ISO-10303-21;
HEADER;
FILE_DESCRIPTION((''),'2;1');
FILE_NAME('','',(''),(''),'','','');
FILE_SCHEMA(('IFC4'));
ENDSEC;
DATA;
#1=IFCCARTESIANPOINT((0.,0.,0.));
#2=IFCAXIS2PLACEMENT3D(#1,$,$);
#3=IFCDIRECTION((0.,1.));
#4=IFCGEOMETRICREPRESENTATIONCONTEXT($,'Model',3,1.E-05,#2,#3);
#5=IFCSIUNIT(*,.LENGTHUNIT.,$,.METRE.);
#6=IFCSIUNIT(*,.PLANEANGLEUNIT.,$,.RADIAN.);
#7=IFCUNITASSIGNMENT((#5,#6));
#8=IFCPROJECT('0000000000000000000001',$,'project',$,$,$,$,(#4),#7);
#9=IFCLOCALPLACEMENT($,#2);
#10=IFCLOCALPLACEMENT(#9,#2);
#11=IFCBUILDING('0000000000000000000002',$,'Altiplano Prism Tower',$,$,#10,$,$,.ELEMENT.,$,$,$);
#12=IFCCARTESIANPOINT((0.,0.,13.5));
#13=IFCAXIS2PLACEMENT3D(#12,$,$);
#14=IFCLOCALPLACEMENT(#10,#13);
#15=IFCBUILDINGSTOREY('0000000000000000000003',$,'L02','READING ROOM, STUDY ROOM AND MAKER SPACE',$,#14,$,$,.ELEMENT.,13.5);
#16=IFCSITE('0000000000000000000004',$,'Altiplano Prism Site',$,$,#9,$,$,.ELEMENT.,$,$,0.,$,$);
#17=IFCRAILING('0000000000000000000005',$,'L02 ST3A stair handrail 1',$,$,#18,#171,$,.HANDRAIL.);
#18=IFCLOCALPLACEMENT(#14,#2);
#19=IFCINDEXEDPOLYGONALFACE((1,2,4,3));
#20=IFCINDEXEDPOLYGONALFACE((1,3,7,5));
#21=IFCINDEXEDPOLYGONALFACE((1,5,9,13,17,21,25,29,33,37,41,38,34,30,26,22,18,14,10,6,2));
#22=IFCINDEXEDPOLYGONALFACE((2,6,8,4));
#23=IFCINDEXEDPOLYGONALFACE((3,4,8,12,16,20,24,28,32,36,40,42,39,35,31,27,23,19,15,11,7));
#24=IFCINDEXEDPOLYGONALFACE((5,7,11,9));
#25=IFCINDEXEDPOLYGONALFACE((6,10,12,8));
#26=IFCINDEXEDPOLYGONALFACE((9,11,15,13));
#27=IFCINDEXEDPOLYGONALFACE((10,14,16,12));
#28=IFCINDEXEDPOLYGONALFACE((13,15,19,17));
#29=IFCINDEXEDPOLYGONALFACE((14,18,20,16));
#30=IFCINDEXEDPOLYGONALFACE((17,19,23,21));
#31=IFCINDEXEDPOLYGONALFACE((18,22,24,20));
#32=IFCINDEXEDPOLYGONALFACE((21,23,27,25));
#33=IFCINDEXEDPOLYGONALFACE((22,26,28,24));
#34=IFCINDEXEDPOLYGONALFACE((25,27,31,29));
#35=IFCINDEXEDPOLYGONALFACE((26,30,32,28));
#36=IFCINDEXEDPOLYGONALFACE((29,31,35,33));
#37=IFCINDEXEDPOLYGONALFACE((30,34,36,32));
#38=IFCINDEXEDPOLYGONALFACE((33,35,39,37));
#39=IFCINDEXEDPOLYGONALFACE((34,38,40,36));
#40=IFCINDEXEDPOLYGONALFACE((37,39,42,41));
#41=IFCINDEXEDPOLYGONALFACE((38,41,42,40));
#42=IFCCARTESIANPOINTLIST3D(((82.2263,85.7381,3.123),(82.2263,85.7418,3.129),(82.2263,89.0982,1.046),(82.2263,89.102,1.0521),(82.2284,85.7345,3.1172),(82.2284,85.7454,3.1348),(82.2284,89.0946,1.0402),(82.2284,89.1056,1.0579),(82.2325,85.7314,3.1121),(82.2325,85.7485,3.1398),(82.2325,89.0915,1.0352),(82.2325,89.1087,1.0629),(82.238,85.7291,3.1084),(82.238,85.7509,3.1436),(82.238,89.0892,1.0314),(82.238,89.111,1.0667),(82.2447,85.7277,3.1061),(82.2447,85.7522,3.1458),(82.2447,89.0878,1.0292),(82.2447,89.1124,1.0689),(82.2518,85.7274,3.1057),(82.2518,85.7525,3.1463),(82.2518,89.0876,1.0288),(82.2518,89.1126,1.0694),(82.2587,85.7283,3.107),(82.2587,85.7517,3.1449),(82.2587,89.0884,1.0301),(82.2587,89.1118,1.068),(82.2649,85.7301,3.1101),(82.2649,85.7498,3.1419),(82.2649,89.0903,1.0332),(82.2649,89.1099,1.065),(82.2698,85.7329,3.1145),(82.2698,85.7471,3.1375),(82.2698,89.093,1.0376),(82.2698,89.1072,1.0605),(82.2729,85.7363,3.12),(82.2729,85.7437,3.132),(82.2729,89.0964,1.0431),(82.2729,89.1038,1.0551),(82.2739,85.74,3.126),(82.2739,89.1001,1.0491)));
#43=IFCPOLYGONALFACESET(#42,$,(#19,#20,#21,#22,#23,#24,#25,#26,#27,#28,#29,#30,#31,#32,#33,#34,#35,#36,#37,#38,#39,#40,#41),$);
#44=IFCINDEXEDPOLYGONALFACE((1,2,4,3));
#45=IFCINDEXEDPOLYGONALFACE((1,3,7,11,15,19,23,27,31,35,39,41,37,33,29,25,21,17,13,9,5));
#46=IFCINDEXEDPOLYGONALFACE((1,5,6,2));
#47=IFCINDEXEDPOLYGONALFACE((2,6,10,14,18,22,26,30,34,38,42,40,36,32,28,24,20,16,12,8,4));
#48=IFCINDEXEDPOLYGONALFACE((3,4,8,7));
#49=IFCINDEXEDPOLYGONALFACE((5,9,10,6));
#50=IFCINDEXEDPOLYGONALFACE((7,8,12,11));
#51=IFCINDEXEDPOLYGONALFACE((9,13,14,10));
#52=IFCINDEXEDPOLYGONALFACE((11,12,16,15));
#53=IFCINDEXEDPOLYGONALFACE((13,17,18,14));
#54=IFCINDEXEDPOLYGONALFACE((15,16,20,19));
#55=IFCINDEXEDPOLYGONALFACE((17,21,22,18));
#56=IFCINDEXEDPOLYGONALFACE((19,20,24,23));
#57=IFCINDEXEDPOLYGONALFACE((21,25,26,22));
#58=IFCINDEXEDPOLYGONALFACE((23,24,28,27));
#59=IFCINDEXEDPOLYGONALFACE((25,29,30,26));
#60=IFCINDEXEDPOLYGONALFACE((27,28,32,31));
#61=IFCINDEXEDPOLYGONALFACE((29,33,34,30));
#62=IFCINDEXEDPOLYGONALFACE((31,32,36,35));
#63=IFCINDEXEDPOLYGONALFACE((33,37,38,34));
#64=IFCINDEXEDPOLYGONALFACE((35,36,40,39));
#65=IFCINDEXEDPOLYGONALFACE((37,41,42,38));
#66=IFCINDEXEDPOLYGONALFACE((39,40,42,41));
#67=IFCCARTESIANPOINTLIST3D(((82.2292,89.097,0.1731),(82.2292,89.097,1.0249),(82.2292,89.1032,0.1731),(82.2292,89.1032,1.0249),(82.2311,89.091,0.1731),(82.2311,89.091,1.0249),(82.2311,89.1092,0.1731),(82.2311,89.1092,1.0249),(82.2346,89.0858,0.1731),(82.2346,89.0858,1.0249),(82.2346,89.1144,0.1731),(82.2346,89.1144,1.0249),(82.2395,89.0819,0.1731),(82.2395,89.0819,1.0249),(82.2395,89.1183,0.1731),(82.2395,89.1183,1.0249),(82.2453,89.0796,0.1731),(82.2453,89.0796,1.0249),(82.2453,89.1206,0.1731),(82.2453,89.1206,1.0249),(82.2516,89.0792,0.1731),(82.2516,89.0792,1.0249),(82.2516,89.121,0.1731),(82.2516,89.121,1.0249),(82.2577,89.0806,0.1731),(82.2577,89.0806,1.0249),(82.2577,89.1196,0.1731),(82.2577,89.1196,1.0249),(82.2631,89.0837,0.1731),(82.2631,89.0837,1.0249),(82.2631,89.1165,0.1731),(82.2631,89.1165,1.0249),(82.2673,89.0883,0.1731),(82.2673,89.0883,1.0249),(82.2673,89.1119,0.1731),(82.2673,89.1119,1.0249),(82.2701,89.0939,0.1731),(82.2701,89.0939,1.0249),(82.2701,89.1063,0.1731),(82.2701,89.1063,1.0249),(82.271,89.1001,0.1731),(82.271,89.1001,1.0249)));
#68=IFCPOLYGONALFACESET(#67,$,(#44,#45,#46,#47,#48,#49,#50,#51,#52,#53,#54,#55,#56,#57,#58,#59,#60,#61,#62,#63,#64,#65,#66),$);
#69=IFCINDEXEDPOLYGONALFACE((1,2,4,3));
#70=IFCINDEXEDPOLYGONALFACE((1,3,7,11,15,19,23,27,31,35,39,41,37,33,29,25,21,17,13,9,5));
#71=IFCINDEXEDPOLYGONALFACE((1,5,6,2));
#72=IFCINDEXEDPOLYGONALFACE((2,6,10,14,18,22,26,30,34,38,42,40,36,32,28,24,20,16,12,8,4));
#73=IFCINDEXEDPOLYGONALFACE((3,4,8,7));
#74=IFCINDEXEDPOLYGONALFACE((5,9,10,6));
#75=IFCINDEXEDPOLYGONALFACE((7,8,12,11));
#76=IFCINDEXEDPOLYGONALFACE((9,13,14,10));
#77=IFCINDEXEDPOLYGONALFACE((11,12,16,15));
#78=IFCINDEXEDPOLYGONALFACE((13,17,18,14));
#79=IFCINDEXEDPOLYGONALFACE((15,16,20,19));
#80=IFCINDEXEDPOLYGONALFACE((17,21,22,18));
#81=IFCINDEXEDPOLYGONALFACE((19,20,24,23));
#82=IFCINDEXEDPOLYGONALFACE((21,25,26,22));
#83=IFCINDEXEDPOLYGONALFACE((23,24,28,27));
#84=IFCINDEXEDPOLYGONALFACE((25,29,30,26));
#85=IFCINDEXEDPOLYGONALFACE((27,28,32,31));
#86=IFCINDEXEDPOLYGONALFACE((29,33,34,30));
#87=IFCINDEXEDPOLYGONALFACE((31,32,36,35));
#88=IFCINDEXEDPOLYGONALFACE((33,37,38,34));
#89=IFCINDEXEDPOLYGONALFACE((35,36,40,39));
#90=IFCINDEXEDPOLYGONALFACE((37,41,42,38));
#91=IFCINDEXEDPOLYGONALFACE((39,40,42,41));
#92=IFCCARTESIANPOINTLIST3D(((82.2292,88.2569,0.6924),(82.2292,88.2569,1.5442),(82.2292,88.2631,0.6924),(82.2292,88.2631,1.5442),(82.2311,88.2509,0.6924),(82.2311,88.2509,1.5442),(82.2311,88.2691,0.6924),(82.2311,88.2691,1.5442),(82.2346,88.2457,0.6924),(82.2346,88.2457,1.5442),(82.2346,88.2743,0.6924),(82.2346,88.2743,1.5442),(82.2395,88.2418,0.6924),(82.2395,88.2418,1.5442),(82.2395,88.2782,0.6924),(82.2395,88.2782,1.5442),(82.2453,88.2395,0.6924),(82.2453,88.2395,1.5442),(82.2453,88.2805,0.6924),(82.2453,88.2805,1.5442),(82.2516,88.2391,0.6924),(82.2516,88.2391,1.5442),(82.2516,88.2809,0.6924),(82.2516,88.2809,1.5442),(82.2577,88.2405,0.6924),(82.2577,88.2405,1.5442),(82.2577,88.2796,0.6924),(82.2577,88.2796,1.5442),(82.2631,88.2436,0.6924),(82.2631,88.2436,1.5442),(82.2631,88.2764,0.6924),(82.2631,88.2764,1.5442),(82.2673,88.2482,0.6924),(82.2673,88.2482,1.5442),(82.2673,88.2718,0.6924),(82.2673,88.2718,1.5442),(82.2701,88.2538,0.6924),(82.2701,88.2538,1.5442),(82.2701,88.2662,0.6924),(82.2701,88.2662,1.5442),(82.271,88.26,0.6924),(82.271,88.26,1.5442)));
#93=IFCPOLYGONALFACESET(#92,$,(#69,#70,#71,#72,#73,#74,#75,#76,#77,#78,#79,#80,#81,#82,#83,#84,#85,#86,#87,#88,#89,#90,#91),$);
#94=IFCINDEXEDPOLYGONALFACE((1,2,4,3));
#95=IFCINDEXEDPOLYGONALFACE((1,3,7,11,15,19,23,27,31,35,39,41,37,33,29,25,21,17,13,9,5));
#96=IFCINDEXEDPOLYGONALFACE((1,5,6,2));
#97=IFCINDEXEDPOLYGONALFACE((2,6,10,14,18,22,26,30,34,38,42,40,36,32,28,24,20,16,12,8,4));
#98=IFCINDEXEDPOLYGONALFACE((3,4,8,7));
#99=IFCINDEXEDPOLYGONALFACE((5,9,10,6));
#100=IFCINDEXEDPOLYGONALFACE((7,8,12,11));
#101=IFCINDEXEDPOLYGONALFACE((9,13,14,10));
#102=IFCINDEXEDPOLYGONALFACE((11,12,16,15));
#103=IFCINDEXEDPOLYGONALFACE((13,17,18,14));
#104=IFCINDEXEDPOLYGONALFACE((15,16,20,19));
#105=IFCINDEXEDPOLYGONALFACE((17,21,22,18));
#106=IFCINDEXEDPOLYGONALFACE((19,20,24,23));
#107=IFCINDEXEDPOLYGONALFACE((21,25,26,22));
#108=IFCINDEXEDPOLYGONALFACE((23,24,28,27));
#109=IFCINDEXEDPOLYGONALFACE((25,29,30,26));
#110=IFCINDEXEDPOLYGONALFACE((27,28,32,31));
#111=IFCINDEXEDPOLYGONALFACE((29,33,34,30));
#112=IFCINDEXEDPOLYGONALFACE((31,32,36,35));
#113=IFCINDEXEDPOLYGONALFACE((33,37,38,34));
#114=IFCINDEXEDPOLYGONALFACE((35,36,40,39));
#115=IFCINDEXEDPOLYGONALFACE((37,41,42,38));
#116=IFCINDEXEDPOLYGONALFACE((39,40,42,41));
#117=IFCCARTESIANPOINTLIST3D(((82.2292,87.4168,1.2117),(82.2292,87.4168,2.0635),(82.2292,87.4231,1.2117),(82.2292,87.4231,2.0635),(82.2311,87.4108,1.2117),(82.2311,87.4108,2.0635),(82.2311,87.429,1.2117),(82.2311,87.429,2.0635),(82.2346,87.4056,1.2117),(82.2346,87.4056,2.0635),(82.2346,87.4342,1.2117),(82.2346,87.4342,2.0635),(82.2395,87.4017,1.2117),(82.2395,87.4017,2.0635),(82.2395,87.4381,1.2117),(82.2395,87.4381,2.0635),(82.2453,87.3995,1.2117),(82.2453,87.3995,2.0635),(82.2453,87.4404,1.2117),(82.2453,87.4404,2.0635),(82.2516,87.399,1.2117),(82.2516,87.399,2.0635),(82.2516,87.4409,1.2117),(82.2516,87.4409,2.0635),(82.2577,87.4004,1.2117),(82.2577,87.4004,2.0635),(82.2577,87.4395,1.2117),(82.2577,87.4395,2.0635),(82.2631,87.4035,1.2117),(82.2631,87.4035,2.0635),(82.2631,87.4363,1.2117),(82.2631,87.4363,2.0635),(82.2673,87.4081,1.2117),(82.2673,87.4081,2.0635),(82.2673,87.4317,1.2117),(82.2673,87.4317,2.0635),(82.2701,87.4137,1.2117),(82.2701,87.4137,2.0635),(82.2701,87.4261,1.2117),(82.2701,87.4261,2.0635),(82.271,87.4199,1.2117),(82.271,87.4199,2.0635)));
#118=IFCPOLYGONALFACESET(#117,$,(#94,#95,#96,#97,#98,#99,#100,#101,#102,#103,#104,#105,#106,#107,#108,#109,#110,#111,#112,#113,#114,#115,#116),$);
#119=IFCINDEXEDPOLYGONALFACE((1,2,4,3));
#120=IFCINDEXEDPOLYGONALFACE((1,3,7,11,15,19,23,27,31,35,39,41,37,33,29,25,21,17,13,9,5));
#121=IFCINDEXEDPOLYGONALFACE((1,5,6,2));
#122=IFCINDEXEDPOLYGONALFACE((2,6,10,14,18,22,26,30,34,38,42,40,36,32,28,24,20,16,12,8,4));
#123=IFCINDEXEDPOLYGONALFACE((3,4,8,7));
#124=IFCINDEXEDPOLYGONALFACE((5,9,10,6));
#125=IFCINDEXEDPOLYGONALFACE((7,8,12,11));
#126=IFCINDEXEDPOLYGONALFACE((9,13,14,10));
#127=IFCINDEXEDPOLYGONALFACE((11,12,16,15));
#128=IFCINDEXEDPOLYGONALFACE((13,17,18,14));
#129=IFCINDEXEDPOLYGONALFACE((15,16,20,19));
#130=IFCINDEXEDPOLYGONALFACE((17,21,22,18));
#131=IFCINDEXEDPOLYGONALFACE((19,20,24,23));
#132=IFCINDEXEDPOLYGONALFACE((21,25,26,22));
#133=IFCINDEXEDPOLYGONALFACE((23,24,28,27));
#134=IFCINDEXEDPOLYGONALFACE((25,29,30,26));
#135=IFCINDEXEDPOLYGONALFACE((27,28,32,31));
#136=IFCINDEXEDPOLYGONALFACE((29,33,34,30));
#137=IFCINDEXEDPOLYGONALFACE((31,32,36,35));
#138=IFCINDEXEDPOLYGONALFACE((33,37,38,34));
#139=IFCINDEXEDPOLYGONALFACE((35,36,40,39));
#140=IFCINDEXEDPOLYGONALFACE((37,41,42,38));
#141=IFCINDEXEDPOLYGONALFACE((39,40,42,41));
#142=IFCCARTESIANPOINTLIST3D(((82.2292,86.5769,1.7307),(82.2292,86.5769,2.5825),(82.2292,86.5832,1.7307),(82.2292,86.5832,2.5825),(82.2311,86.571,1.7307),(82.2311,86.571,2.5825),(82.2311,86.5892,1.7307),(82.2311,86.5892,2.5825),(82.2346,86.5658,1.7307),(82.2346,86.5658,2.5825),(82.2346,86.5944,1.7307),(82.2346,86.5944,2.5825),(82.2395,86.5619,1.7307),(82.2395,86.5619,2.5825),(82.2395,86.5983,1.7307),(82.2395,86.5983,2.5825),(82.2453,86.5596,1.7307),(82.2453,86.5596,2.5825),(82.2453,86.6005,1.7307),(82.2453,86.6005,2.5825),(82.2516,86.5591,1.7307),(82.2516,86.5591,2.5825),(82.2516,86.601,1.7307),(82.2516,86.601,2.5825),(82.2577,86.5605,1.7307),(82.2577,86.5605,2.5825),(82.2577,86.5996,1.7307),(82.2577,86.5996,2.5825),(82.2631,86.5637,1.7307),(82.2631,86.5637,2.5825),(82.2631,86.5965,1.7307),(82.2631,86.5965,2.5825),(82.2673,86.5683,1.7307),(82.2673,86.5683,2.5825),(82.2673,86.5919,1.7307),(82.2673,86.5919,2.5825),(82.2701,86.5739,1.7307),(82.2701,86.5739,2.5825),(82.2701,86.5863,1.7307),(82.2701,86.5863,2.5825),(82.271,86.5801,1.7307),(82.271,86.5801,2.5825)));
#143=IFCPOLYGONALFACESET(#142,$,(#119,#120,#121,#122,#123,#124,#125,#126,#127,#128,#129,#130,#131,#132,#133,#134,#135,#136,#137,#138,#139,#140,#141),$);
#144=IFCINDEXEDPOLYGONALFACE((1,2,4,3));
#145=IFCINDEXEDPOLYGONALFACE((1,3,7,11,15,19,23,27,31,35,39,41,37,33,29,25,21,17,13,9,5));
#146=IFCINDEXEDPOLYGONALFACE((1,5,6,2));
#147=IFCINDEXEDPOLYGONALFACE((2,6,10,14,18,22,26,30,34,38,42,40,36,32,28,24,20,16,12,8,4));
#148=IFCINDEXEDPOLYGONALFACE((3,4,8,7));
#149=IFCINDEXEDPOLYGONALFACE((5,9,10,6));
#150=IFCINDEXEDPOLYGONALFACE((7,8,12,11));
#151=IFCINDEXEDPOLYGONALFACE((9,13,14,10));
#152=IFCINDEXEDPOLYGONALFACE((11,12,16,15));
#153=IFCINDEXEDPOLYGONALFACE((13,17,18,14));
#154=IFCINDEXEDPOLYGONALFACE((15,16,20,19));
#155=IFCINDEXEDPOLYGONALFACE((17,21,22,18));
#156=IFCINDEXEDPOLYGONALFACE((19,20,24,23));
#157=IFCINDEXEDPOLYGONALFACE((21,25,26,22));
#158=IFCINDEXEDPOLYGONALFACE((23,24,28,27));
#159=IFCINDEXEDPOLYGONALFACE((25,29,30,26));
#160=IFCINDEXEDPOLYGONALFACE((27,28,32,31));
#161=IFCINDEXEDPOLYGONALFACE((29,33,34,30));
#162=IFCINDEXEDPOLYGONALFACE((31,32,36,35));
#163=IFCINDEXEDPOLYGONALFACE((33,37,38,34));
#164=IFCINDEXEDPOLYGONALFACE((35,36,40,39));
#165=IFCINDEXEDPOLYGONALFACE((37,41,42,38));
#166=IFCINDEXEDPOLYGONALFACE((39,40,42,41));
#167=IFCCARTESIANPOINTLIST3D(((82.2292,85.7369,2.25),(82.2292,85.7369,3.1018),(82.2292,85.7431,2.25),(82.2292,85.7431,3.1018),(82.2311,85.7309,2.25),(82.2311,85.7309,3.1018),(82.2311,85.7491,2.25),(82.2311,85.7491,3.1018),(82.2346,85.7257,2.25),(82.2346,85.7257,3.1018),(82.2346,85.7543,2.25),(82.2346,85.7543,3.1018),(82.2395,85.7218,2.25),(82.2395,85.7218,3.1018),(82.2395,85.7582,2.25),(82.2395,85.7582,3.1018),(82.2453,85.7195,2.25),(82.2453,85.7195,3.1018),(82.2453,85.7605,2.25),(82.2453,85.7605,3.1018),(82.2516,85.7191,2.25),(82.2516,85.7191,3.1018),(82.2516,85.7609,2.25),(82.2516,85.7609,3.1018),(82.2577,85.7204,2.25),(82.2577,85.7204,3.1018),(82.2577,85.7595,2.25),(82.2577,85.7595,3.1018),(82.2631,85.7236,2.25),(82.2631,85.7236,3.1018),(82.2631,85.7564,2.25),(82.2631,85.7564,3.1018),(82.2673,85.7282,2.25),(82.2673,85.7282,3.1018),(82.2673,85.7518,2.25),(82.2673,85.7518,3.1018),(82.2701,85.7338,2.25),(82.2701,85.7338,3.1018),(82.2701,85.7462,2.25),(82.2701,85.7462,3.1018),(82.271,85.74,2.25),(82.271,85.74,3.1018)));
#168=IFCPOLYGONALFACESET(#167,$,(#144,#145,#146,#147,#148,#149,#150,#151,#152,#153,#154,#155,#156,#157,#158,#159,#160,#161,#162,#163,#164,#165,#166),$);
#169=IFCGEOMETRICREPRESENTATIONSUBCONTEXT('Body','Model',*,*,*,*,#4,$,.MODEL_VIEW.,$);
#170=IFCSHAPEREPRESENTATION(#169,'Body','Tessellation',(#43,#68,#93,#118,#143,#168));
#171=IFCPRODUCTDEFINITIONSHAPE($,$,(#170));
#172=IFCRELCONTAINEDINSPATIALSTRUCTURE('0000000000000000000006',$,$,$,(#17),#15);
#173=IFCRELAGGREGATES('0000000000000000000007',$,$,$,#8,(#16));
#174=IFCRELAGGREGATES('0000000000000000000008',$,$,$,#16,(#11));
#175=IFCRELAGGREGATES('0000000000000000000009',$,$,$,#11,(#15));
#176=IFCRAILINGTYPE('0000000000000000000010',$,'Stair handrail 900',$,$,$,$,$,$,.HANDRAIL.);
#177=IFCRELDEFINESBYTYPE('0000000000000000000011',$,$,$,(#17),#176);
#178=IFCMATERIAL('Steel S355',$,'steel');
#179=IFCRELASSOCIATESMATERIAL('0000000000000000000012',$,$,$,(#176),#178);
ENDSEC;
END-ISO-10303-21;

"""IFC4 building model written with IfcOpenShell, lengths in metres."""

from ifc_helpers import new_model, si_unit, direction, frame, origin, origin_2d, place, context, subcontext, project, spatial, circle, extrude, material, type_object, element, save


model = new_model("IFC4")

# Units and contexts
model_context = context("Model", 3, precision=1e-05, world=origin(), true_north=direction((0.0, 1.0)))
body_context = subcontext(model_context, "Body", "Model", "MODEL_VIEW")
ifc_project = project(units=[si_unit("LENGTHUNIT", "METRE"), si_unit("PLANEANGLEUNIT", "RADIAN")], contexts=[model_context])

# Site, building, storey
site_placement = place(None, origin())
site = spatial("IfcSite", under=ifc_project, at=site_placement, Name="Altiplano Prism Site", CompositionType="ELEMENT", RefElevation=0.0)
building_placement = place(site_placement, origin())
building = spatial("IfcBuilding", under=site, at=building_placement, Name="Altiplano Prism Tower", CompositionType="ELEMENT")
storey_placement = place(building_placement, frame((0.0, 0.0, 13.5)))
storey = spatial("IfcBuildingStorey", under=building, at=storey_placement, Name="L02", Description="READING ROOM, STUDY ROOM AND MAKER SPACE", CompositionType="ELEMENT", Elevation=13.5)

# Railing
ifc_material_1 = material(Name="Steel S355", Category="steel")
railing_type = type_object("IfcRailingType", Name="Stair handrail 900", PredefinedType="HANDRAIL", material=ifc_material_1)
railing_placement = place(storey_placement, frame((82.25, 89.1001, 0.1731)))
element("IfcRailing", 1, at=railing_placement, inside=storey, type_object=railing_type, Name="L02 ST3A stair handrail 1", PredefinedType="HANDRAIL", context=body_context, shape_type="SweptSolid", body=[
    extrude(circle(Radius=0.0239, at=origin_2d()), frame((0.0, 0.0, 0.876), z_axis=(0.0, -0.850623, 0.525776), x_axis=(1.0, 0.0, 0.0)), (0.0, 0.0, 1.0), 3.9502),
    extrude(circle(Radius=0.021, at=origin_2d()), origin(), (0.0, 0.0, 1.0), 0.8518),
    extrude(circle(Radius=0.021, at=origin_2d()), frame((0.0, -0.8401, 0.5193)), (0.0, 0.0, 1.0), 0.8518),
    extrude(circle(Radius=0.021, at=origin_2d()), frame((0.0, -1.6802, 1.0386)), (0.0, 0.0, 1.0), 0.8518),
    extrude(circle(Radius=0.021, at=origin_2d()), frame((0.0, -2.52, 1.5576)), (0.0, 0.0, 1.0), 0.8518),
    extrude(circle(Radius=0.021, at=origin_2d()), frame((0.0, -3.3601, 2.0769)), (0.0, 0.0, 1.0), 0.8518),
])

save(model, "model.ifc")
